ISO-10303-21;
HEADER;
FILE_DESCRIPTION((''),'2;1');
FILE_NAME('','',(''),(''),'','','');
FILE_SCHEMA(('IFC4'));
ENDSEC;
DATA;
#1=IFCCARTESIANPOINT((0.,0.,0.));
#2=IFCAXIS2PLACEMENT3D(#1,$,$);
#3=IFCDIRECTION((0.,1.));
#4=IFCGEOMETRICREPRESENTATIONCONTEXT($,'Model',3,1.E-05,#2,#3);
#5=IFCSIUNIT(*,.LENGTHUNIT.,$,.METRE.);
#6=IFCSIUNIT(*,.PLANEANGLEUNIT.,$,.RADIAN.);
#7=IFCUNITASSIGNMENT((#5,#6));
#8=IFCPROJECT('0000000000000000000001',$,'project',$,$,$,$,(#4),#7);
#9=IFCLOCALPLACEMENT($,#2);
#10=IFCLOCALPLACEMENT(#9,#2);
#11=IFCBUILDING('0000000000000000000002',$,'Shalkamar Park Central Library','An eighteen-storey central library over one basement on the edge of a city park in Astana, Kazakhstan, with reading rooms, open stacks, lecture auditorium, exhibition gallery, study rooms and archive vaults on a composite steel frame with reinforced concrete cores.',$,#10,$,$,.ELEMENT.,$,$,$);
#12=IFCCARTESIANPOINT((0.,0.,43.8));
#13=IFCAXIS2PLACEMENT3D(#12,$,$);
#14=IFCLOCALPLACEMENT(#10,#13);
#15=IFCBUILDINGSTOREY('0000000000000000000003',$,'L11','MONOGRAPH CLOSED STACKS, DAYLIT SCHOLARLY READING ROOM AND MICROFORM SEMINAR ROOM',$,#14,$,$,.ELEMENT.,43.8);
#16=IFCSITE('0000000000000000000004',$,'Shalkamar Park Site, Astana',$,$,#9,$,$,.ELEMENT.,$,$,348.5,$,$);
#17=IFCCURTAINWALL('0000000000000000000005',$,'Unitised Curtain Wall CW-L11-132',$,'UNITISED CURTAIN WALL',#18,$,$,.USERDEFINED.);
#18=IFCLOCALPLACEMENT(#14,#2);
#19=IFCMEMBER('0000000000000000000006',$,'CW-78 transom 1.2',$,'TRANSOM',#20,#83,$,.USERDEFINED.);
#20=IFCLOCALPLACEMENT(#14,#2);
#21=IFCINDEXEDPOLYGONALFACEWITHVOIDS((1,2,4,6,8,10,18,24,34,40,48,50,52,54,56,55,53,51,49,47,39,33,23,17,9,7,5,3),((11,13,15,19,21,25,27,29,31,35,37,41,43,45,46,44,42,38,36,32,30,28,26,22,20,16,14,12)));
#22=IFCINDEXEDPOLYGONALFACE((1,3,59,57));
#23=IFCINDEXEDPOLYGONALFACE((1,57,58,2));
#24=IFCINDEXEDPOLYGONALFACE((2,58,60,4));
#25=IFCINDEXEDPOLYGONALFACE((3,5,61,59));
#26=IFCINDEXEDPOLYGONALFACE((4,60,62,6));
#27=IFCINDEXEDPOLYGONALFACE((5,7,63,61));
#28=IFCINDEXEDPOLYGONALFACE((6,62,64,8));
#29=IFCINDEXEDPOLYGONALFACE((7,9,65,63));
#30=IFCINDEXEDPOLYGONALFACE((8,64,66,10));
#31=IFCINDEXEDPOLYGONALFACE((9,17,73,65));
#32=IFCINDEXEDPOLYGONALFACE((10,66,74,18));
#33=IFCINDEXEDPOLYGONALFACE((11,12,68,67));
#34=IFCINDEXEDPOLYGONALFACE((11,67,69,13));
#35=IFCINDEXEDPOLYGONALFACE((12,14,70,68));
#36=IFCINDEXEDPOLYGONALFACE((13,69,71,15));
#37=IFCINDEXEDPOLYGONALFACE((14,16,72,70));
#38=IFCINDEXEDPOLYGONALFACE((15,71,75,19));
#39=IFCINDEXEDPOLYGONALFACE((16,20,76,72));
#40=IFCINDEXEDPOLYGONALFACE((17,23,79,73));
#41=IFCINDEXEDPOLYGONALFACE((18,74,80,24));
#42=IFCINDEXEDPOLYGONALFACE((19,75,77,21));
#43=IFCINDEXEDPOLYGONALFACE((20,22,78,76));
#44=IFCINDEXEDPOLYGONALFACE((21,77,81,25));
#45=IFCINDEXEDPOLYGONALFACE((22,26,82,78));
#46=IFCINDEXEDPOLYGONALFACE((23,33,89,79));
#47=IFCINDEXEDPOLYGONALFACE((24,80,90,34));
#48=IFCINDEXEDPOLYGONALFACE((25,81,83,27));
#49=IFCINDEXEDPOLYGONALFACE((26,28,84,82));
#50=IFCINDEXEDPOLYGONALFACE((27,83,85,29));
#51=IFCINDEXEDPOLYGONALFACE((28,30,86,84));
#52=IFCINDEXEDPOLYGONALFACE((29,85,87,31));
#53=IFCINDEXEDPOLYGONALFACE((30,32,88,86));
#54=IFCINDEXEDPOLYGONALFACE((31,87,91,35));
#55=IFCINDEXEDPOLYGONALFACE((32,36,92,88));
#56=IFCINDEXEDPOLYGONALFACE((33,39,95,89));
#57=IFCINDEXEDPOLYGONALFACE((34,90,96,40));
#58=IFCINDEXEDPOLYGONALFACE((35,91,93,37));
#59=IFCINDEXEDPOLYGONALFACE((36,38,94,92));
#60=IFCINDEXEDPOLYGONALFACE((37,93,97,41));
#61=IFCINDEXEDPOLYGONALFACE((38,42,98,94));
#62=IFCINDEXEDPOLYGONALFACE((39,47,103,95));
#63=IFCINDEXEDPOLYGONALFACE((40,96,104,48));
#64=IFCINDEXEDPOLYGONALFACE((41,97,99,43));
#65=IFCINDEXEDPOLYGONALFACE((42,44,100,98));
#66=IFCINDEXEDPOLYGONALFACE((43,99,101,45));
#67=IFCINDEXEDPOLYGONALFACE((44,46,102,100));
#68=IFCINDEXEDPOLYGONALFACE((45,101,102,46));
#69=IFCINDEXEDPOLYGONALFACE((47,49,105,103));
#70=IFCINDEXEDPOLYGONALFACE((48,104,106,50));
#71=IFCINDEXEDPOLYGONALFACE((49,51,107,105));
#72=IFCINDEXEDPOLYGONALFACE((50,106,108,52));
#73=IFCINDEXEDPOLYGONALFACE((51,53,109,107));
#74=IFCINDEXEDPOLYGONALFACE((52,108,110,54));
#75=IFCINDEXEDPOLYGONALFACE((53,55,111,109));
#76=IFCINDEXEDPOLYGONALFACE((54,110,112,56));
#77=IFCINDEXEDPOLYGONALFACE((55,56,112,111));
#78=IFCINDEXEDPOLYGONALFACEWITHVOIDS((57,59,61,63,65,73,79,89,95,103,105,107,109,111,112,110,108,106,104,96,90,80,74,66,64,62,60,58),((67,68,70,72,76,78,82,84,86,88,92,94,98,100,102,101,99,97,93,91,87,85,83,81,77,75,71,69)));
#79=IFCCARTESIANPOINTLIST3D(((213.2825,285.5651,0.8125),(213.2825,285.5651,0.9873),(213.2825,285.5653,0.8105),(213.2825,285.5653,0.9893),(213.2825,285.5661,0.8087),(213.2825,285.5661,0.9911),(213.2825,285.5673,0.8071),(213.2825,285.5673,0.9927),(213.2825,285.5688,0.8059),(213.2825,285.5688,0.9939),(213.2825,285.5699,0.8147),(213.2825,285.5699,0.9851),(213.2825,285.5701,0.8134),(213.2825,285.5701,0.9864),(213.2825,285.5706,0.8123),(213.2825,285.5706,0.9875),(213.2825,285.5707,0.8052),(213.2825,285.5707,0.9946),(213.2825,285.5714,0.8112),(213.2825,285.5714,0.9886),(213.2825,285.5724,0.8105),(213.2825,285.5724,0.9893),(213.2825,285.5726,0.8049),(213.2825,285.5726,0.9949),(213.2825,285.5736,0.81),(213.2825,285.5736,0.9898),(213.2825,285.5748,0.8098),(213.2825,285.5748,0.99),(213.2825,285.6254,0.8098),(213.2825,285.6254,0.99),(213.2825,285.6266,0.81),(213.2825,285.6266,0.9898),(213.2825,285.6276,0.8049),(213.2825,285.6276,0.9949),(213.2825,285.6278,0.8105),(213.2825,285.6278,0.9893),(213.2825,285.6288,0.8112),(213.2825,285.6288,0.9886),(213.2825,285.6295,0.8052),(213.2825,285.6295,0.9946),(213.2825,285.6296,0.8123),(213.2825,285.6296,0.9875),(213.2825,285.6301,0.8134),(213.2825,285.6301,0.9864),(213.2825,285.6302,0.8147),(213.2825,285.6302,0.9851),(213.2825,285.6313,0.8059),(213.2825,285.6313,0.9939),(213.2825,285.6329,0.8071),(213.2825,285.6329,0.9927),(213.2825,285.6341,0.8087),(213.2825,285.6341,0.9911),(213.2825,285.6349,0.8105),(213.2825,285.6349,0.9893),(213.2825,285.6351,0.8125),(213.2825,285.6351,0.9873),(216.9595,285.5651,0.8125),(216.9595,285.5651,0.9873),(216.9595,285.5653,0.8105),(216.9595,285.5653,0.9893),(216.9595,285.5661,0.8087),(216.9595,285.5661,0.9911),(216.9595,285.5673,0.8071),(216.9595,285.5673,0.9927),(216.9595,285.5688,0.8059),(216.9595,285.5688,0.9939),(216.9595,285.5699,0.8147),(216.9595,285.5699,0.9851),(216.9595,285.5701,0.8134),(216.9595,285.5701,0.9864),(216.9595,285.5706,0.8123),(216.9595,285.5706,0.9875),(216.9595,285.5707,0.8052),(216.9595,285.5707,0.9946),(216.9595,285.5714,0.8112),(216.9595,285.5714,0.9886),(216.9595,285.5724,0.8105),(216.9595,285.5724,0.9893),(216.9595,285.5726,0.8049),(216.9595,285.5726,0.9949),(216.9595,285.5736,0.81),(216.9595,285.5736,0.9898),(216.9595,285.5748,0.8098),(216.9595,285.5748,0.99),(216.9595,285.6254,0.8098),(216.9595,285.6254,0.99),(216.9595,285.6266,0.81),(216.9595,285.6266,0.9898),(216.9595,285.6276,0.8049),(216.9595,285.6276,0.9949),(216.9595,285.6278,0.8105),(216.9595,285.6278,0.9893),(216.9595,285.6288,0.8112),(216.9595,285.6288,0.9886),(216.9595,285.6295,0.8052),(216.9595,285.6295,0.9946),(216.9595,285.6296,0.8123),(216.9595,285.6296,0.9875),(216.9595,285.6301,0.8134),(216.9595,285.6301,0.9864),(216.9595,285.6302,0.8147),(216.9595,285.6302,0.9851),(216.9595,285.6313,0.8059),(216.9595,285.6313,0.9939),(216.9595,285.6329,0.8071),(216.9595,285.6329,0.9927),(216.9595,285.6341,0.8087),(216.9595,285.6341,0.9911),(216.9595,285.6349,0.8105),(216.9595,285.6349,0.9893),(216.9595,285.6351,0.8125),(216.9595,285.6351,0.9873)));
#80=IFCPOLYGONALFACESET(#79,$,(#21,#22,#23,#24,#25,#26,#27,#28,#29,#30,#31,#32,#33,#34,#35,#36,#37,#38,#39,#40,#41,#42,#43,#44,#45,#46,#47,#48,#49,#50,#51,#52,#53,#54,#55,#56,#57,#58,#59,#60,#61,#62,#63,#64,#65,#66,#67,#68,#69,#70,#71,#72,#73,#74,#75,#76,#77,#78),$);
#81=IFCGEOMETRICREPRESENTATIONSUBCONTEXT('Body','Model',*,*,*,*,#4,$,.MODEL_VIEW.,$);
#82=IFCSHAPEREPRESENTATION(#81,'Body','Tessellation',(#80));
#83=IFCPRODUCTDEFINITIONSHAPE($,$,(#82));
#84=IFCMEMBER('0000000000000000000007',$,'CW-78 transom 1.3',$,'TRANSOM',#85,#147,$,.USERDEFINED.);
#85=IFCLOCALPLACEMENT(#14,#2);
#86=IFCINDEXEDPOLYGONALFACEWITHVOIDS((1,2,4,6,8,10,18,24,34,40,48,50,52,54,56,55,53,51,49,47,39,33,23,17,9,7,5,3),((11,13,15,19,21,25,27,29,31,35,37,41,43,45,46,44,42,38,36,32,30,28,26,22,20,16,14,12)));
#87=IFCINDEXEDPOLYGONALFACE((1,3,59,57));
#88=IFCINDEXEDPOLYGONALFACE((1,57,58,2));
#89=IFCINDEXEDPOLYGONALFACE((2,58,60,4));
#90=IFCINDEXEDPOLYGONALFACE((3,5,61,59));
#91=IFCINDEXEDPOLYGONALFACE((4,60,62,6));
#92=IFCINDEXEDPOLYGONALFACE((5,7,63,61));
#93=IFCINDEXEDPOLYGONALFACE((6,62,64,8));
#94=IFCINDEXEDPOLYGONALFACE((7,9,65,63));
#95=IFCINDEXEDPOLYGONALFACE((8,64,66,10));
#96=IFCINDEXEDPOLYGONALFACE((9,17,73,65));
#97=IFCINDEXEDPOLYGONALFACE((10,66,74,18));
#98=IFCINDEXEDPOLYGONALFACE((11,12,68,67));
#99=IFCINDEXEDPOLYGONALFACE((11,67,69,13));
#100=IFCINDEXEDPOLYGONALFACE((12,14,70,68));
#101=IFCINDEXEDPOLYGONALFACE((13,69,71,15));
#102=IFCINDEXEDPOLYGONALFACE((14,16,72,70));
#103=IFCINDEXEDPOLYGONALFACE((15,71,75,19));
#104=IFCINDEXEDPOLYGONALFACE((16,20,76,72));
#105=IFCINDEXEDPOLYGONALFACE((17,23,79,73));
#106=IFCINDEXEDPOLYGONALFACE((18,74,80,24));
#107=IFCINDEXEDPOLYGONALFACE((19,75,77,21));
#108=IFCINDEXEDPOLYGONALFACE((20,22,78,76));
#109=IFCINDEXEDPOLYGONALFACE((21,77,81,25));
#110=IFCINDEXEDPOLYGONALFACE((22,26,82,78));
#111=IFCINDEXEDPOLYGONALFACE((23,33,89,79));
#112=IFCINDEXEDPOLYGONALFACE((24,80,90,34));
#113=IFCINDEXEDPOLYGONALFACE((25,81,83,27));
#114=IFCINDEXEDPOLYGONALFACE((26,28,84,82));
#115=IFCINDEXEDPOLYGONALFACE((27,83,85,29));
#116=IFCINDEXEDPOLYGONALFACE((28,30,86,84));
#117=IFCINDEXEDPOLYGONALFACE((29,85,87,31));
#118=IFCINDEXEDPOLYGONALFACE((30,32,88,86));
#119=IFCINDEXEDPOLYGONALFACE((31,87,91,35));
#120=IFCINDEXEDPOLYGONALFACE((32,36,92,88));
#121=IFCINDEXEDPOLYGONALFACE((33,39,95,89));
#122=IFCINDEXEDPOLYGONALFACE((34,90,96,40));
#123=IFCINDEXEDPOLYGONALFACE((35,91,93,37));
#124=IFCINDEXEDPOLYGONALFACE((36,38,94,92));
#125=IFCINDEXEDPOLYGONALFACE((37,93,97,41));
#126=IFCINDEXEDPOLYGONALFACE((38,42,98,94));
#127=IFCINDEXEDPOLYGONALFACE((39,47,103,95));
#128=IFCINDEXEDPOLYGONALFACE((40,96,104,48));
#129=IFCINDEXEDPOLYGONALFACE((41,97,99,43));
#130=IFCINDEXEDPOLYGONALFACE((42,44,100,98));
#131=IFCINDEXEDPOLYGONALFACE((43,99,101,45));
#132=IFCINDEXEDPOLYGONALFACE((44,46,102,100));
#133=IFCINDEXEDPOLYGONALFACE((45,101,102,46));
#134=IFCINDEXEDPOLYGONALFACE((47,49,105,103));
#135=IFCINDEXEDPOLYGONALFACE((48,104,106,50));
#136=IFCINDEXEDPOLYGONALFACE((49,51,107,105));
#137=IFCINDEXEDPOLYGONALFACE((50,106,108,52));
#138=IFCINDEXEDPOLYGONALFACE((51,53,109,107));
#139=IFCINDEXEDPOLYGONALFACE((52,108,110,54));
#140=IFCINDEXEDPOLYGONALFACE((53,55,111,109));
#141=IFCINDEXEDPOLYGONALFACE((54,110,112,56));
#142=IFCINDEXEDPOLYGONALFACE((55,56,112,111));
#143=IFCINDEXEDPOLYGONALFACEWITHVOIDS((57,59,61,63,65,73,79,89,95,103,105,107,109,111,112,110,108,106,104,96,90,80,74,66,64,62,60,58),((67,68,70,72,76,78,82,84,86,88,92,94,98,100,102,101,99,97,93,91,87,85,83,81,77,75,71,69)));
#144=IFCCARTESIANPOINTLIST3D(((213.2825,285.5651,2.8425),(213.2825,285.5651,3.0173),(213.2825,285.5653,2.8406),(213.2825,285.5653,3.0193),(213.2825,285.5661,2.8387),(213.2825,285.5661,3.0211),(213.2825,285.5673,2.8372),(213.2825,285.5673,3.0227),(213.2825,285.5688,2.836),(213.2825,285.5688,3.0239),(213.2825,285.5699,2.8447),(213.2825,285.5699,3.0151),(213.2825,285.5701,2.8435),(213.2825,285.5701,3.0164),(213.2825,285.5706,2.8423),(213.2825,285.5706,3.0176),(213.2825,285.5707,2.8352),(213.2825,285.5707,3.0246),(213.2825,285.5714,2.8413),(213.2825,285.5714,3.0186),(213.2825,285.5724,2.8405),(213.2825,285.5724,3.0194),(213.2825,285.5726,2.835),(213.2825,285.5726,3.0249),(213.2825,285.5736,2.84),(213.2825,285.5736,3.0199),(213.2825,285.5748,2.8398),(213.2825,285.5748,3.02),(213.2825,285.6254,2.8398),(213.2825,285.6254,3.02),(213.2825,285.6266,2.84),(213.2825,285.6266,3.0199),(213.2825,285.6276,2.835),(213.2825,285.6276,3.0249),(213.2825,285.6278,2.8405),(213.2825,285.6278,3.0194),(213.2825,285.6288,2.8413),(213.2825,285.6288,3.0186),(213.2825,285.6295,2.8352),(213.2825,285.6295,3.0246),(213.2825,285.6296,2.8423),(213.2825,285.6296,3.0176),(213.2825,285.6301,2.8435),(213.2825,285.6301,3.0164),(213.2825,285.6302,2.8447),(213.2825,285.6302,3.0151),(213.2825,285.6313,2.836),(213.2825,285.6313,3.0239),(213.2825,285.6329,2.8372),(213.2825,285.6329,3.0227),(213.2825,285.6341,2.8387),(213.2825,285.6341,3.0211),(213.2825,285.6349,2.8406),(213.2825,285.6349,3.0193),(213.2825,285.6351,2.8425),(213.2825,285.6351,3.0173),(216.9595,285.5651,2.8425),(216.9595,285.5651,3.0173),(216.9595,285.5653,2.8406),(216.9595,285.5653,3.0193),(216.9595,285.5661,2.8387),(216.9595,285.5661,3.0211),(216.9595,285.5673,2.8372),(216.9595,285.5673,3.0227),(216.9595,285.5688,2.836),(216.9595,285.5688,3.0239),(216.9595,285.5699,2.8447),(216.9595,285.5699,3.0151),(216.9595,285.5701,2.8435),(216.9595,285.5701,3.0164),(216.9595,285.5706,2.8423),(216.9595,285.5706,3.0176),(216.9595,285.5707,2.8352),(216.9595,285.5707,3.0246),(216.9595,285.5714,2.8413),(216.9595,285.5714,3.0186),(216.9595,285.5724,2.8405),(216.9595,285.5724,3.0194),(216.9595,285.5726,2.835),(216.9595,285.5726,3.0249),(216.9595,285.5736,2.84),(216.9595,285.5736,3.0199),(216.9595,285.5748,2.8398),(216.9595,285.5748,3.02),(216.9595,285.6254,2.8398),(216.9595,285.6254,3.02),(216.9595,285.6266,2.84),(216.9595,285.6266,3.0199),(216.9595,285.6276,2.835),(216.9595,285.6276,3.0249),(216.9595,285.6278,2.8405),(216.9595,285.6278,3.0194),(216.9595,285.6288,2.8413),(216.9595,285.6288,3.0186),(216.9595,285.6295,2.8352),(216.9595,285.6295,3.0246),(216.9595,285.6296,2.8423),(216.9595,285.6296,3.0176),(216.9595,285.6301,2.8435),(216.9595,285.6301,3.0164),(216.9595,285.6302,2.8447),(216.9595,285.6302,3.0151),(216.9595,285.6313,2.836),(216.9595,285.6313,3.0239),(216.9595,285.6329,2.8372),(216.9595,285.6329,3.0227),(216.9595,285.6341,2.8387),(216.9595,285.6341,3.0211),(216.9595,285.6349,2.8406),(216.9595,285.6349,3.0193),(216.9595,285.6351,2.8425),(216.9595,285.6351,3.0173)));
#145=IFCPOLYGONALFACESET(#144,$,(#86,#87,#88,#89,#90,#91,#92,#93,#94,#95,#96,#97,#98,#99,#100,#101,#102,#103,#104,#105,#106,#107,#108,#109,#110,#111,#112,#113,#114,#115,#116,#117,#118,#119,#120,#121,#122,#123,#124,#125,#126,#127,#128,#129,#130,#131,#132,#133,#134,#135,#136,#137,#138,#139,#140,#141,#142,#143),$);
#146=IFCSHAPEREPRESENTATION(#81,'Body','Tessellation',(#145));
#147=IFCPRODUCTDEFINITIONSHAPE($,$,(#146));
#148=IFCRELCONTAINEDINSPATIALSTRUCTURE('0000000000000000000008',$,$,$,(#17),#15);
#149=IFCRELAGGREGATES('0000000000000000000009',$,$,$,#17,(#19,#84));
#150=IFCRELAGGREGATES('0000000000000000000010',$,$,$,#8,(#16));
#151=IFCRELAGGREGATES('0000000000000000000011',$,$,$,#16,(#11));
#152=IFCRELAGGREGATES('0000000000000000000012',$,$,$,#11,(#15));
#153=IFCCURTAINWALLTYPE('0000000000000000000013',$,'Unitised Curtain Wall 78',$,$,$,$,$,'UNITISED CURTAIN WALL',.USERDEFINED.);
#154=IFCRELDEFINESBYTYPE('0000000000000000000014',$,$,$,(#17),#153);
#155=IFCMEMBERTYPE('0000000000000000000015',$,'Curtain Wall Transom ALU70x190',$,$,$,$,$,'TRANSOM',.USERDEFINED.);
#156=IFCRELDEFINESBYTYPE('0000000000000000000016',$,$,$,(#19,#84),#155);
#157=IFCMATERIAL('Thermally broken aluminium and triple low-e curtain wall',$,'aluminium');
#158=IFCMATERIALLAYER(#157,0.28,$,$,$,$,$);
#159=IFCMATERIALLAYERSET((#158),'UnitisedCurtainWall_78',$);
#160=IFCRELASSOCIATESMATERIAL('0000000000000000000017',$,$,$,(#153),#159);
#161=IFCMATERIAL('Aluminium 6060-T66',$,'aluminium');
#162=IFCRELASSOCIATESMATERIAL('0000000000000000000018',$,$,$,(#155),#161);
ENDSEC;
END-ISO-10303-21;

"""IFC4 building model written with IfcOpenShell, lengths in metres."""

from ifc_helpers import new_model, si_unit, direction, frame, origin, origin_2d, place, context, subcontext, project, spatial, hollow_rectangle, extrude, material, layer, layer_set, material_profile, profile_set, type_object, element, aggregate, save


model = new_model("IFC4")

# Units and contexts
model_context = context("Model", 3, precision=1e-05, world=origin(), true_north=direction((0.0, 1.0)))
body_context = subcontext(model_context, "Body", "Model", "MODEL_VIEW")
ifc_project = project(units=[si_unit("LENGTHUNIT", "METRE"), si_unit("PLANEANGLEUNIT", "RADIAN")], contexts=[model_context])

# Site, building, storey
site_placement = place(None, origin())
site = spatial("IfcSite", under=ifc_project, at=site_placement, Name="Shalkamar Park Site, Astana", CompositionType="ELEMENT", RefElevation=348.5)
building_placement = place(site_placement, origin())
building = spatial("IfcBuilding", under=site, at=building_placement, Name="Shalkamar Park Central Library", Description="An eighteen-storey central library over one basement on the edge of a city park in Astana, Kazakhstan, with reading rooms, open stacks, lecture auditorium, exhibition gallery, study rooms and archive vaults on a composite steel frame with reinforced concrete cores.", CompositionType="ELEMENT")
storey_placement = place(building_placement, frame((0.0, 0.0, 43.8)))
storey = spatial("IfcBuildingStorey", under=building, at=storey_placement, Name="L11", Description="MONOGRAPH CLOSED STACKS, DAYLIT SCHOLARLY READING ROOM AND MICROFORM SEMINAR ROOM", CompositionType="ELEMENT", Elevation=43.8)

# Shared definitions
ifc_material_1 = material(Name="Thermally broken aluminium and triple low-e curtain wall", Category="aluminium")
ifc_material_2 = material(Name="Aluminium 6060-T66", Category="aluminium")

# Curtain wall
ifc_layer_1 = layer(ifc_material_1, 0.28)
ifc_layer_set_1 = layer_set([ifc_layer_1], Name="UnitisedCurtainWall_78")
curtain_wall_type_1 = type_object("IfcCurtainWallType", Name="Unitised Curtain Wall 78", ElementType="UNITISED CURTAIN WALL", PredefinedType="USERDEFINED", material=ifc_layer_set_1)
curtain_wall_1_placement = place(storey_placement, origin())
curtain_wall_1 = element("IfcCurtainWall", 1, at=curtain_wall_1_placement, inside=storey, type_object=curtain_wall_type_1, Name="Unitised Curtain Wall CW-L11-132", ObjectType="UNITISED CURTAIN WALL", PredefinedType="USERDEFINED")

# Members
ifc_material_profile_1 = material_profile(ifc_material_2, hollow_rectangle(XDim=0.0701, YDim=0.1899, WallThickness=0.0049, InnerFilletRadius=0.0049, OuterFilletRadius=0.0076, at=origin_2d()), Name="ALU 70x190x5")
ifc_profile_set_1 = profile_set([ifc_material_profile_1], Name="Aluminium 6060-T66")
member_type_1 = type_object("IfcMemberType", Name="Curtain Wall Transom ALU70x190", ElementType="TRANSOM", PredefinedType="USERDEFINED", material=ifc_profile_set_1)
member_1_placement = place(storey_placement, frame((213.2825, 285.6001, 0.8999), z_axis=(1.0, 0.0, 0.0), x_axis=(0.0, 1.0, 0.0)))
member_1 = element("IfcMember", 2, at=member_1_placement, type_object=member_type_1, Name="CW-78 transom 1.2", ObjectType="TRANSOM", PredefinedType="USERDEFINED", context=body_context, shape_type="SweptSolid", body=[
    extrude(hollow_rectangle(XDim=0.0701, YDim=0.1899, WallThickness=0.0049, InnerFilletRadius=0.0049, OuterFilletRadius=0.0076, at=origin_2d()), origin(), (0.0, 0.0, 1.0), 3.677),
])
member_2_placement = place(storey_placement, frame((213.2825, 285.6001, 2.9299), z_axis=(1.0, 0.0, 0.0), x_axis=(0.0, 1.0, 0.0)))
member_2 = element("IfcMember", 3, at=member_2_placement, type_object=member_type_1, Name="CW-78 transom 1.3", ObjectType="TRANSOM", PredefinedType="USERDEFINED", context=body_context, shape_type="SweptSolid", body=[
    extrude(hollow_rectangle(XDim=0.0701, YDim=0.1899, WallThickness=0.0049, InnerFilletRadius=0.0049, OuterFilletRadius=0.0076, at=origin_2d()), origin(), (0.0, 0.0, 1.0), 3.677),
])

aggregate(curtain_wall_1, [member_1, member_2])

save(model, "model.ifc")
